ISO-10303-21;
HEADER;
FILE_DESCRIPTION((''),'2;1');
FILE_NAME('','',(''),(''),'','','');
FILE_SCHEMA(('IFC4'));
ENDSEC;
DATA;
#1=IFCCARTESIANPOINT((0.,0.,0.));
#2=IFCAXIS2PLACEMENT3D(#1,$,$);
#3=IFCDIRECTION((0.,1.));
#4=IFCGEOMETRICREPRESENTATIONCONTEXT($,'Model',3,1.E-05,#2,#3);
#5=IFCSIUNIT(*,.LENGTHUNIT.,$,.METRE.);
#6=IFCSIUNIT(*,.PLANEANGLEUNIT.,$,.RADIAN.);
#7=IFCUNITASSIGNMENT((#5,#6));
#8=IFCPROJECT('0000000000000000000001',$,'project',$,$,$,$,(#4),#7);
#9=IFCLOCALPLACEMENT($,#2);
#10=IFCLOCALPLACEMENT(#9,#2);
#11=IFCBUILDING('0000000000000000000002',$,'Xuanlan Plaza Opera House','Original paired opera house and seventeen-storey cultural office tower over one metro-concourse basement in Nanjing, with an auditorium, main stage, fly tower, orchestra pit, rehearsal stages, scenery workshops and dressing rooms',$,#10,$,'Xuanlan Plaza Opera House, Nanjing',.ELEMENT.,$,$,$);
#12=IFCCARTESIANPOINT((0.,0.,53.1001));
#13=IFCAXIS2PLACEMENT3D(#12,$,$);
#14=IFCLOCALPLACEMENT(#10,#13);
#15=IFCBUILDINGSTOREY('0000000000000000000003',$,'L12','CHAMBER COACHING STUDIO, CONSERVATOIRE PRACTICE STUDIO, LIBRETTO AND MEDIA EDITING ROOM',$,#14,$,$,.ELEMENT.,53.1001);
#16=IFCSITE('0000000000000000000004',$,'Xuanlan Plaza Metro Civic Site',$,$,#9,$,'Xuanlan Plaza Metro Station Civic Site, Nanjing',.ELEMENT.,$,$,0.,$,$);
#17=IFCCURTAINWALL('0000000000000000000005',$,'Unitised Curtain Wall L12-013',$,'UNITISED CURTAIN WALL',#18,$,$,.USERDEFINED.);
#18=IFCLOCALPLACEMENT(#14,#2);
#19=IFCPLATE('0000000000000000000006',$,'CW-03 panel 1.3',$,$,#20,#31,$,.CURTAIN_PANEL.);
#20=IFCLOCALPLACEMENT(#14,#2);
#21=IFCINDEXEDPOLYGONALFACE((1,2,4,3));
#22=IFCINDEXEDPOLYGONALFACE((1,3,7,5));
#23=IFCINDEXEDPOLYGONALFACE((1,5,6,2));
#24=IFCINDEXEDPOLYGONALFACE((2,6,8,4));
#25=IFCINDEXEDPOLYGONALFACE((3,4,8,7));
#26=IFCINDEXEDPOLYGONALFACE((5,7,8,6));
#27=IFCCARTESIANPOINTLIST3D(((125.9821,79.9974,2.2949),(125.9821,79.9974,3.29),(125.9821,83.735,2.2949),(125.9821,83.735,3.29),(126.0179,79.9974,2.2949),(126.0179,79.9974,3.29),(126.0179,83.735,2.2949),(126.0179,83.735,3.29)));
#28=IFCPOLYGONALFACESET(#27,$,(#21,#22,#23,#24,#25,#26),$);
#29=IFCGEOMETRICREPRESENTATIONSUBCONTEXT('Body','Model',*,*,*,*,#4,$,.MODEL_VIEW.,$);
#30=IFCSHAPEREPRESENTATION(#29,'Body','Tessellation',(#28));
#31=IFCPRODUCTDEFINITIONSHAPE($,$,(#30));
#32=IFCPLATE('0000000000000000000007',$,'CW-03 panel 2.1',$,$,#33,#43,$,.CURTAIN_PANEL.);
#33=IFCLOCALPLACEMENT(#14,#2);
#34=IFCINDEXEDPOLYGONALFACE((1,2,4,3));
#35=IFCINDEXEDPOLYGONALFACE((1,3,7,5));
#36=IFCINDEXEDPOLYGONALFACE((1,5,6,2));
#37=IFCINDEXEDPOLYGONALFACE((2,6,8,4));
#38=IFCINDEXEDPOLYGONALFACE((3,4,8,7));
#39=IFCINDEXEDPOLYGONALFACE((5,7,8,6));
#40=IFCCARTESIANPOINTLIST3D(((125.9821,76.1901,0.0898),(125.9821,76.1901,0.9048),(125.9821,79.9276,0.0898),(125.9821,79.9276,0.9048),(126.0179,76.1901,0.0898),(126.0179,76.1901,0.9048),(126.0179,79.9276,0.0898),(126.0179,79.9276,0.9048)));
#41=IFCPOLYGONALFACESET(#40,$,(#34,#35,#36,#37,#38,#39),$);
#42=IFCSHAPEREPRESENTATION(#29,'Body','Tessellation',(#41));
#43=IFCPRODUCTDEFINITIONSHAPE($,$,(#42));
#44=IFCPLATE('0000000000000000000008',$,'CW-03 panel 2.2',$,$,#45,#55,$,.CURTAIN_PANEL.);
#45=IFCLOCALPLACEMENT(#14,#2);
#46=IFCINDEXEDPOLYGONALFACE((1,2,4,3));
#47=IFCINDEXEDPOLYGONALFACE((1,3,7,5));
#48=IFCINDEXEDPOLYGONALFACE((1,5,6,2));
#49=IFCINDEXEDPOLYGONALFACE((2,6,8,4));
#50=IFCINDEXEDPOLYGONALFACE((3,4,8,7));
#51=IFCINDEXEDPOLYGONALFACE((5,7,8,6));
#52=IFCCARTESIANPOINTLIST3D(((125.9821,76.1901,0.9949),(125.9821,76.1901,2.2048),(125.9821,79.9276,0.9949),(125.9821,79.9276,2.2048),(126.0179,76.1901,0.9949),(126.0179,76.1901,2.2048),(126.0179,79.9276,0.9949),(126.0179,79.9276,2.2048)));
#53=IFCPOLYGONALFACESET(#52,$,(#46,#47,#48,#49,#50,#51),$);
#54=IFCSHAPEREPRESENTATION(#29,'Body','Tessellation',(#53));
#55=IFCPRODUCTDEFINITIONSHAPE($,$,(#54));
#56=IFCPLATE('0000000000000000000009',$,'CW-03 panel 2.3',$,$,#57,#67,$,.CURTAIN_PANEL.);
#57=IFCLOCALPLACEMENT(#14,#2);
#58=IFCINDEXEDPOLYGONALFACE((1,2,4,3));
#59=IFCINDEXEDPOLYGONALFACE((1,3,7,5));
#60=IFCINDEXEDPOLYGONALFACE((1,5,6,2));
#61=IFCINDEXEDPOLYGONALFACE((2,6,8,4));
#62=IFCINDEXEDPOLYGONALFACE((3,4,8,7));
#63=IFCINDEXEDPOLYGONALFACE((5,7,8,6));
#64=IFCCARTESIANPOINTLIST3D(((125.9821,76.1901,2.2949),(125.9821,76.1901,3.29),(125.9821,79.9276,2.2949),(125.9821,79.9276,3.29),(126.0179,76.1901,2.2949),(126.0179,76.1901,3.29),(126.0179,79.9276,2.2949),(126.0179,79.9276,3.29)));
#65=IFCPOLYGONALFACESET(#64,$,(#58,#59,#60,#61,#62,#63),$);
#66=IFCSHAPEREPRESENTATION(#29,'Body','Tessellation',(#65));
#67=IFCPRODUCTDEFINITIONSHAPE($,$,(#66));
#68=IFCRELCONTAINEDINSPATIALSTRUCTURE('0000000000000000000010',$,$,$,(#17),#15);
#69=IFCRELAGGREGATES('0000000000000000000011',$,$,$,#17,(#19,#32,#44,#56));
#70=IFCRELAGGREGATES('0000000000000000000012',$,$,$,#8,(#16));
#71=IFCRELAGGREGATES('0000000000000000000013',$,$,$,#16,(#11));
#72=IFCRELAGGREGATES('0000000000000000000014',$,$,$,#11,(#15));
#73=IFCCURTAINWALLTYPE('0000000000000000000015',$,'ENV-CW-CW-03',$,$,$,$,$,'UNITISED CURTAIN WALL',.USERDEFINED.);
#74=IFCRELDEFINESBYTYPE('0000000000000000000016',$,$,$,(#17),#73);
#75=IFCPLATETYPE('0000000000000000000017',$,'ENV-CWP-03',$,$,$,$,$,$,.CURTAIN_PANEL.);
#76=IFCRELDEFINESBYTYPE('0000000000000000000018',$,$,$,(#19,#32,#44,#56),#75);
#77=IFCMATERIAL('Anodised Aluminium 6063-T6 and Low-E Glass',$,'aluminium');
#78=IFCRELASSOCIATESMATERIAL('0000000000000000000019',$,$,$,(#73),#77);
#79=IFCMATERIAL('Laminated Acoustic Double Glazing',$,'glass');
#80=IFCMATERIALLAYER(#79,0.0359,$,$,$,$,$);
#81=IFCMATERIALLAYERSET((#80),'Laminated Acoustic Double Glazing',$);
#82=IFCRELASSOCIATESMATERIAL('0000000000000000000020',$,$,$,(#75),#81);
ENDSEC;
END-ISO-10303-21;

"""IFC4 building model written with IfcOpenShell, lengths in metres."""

from ifc_helpers import new_model, si_unit, direction, frame, origin, origin_2d, place, context, subcontext, project, spatial, rectangle, extrude, material, layer, layer_set, type_object, element, aggregate, save


model = new_model("IFC4")

# Units and contexts
model_context = context("Model", 3, precision=1e-05, world=origin(), true_north=direction((0.0, 1.0)))
body_context = subcontext(model_context, "Body", "Model", "MODEL_VIEW")
ifc_project = project(units=[si_unit("LENGTHUNIT", "METRE"), si_unit("PLANEANGLEUNIT", "RADIAN")], contexts=[model_context])

# Site, building, storey
site_placement = place(None, origin())
site = spatial("IfcSite", under=ifc_project, at=site_placement, Name="Xuanlan Plaza Metro Civic Site", LongName="Xuanlan Plaza Metro Station Civic Site, Nanjing", CompositionType="ELEMENT", RefElevation=0.0)
building_placement = place(site_placement, origin())
building = spatial("IfcBuilding", under=site, at=building_placement, Name="Xuanlan Plaza Opera House", Description="Original paired opera house and seventeen-storey cultural office tower over one metro-concourse basement in Nanjing, with an auditorium, main stage, fly tower, orchestra pit, rehearsal stages, scenery workshops and dressing rooms", LongName="Xuanlan Plaza Opera House, Nanjing", CompositionType="ELEMENT")
storey_placement = place(building_placement, frame((0.0, 0.0, 53.1001)))
storey = spatial("IfcBuildingStorey", under=building, at=storey_placement, Name="L12", Description="CHAMBER COACHING STUDIO, CONSERVATOIRE PRACTICE STUDIO, LIBRETTO AND MEDIA EDITING ROOM", CompositionType="ELEMENT", Elevation=53.1001)

# Curtain wall
ifc_material_1 = material(Name="Anodised Aluminium 6063-T6 and Low-E Glass", Category="aluminium")
curtain_wall_type_1 = type_object("IfcCurtainWallType", Name="ENV-CW-CW-03", ElementType="UNITISED CURTAIN WALL", PredefinedType="USERDEFINED", material=ifc_material_1)
curtain_wall_1_placement = place(storey_placement, origin())
curtain_wall_1 = element("IfcCurtainWall", 1, at=curtain_wall_1_placement, inside=storey, type_object=curtain_wall_type_1, Name="Unitised Curtain Wall L12-013", ObjectType="UNITISED CURTAIN WALL", PredefinedType="USERDEFINED")

# Plates
ifc_material_2 = material(Name="Laminated Acoustic Double Glazing", Category="glass")
ifc_layer_1 = layer(ifc_material_2, 0.0359)
ifc_layer_set_1 = layer_set([ifc_layer_1], Name="Laminated Acoustic Double Glazing")
plate_type_1 = type_object("IfcPlateType", Name="ENV-CWP-03", PredefinedType="CURTAIN_PANEL", material=ifc_layer_set_1)
plate_1_placement = place(storey_placement, frame((126.0, 81.8662, 2.2949), z_axis=(0.0, 0.0, 1.0), x_axis=(0.0, -1.0, 0.0)))
plate_1 = element("IfcPlate", 2, at=plate_1_placement, type_object=plate_type_1, Name="CW-03 panel 1.3", PredefinedType="CURTAIN_PANEL", context=body_context, shape_type="SweptSolid", body=[
    extrude(rectangle(XDim=3.7375, YDim=0.0359, at=origin_2d()), origin(), (0.0, 0.0, 1.0), 0.9951),
])
plate_2_placement = place(storey_placement, frame((126.0, 78.0588, 0.0898), z_axis=(0.0, 0.0, 1.0), x_axis=(0.0, -1.0, 0.0)))
plate_2 = element("IfcPlate", 3, at=plate_2_placement, type_object=plate_type_1, Name="CW-03 panel 2.1", PredefinedType="CURTAIN_PANEL", context=body_context, shape_type="SweptSolid", body=[
    extrude(rectangle(XDim=3.7375, YDim=0.0359, at=origin_2d()), origin(), (0.0, 0.0, 1.0), 0.8149),
])
plate_3_placement = place(storey_placement, frame((126.0, 78.0588, 0.9949), z_axis=(0.0, 0.0, 1.0), x_axis=(0.0, -1.0, 0.0)))
plate_3 = element("IfcPlate", 4, at=plate_3_placement, type_object=plate_type_1, Name="CW-03 panel 2.2", PredefinedType="CURTAIN_PANEL", context=body_context, shape_type="SweptSolid", body=[
    extrude(rectangle(XDim=3.7375, YDim=0.0359, at=origin_2d()), origin(), (0.0, 0.0, 1.0), 1.21),
])
plate_4_placement = place(storey_placement, frame((126.0, 78.0588, 2.2949), z_axis=(0.0, 0.0, 1.0), x_axis=(0.0, -1.0, 0.0)))
plate_4 = element("IfcPlate", 5, at=plate_4_placement, type_object=plate_type_1, Name="CW-03 panel 2.3", PredefinedType="CURTAIN_PANEL", context=body_context, shape_type="SweptSolid", body=[
    extrude(rectangle(XDim=3.7375, YDim=0.0359, at=origin_2d()), origin(), (0.0, 0.0, 1.0), 0.9951),
])
aggregate(curtain_wall_1, [plate_1, plate_2, plate_3, plate_4])

save(model, "model.ifc")
